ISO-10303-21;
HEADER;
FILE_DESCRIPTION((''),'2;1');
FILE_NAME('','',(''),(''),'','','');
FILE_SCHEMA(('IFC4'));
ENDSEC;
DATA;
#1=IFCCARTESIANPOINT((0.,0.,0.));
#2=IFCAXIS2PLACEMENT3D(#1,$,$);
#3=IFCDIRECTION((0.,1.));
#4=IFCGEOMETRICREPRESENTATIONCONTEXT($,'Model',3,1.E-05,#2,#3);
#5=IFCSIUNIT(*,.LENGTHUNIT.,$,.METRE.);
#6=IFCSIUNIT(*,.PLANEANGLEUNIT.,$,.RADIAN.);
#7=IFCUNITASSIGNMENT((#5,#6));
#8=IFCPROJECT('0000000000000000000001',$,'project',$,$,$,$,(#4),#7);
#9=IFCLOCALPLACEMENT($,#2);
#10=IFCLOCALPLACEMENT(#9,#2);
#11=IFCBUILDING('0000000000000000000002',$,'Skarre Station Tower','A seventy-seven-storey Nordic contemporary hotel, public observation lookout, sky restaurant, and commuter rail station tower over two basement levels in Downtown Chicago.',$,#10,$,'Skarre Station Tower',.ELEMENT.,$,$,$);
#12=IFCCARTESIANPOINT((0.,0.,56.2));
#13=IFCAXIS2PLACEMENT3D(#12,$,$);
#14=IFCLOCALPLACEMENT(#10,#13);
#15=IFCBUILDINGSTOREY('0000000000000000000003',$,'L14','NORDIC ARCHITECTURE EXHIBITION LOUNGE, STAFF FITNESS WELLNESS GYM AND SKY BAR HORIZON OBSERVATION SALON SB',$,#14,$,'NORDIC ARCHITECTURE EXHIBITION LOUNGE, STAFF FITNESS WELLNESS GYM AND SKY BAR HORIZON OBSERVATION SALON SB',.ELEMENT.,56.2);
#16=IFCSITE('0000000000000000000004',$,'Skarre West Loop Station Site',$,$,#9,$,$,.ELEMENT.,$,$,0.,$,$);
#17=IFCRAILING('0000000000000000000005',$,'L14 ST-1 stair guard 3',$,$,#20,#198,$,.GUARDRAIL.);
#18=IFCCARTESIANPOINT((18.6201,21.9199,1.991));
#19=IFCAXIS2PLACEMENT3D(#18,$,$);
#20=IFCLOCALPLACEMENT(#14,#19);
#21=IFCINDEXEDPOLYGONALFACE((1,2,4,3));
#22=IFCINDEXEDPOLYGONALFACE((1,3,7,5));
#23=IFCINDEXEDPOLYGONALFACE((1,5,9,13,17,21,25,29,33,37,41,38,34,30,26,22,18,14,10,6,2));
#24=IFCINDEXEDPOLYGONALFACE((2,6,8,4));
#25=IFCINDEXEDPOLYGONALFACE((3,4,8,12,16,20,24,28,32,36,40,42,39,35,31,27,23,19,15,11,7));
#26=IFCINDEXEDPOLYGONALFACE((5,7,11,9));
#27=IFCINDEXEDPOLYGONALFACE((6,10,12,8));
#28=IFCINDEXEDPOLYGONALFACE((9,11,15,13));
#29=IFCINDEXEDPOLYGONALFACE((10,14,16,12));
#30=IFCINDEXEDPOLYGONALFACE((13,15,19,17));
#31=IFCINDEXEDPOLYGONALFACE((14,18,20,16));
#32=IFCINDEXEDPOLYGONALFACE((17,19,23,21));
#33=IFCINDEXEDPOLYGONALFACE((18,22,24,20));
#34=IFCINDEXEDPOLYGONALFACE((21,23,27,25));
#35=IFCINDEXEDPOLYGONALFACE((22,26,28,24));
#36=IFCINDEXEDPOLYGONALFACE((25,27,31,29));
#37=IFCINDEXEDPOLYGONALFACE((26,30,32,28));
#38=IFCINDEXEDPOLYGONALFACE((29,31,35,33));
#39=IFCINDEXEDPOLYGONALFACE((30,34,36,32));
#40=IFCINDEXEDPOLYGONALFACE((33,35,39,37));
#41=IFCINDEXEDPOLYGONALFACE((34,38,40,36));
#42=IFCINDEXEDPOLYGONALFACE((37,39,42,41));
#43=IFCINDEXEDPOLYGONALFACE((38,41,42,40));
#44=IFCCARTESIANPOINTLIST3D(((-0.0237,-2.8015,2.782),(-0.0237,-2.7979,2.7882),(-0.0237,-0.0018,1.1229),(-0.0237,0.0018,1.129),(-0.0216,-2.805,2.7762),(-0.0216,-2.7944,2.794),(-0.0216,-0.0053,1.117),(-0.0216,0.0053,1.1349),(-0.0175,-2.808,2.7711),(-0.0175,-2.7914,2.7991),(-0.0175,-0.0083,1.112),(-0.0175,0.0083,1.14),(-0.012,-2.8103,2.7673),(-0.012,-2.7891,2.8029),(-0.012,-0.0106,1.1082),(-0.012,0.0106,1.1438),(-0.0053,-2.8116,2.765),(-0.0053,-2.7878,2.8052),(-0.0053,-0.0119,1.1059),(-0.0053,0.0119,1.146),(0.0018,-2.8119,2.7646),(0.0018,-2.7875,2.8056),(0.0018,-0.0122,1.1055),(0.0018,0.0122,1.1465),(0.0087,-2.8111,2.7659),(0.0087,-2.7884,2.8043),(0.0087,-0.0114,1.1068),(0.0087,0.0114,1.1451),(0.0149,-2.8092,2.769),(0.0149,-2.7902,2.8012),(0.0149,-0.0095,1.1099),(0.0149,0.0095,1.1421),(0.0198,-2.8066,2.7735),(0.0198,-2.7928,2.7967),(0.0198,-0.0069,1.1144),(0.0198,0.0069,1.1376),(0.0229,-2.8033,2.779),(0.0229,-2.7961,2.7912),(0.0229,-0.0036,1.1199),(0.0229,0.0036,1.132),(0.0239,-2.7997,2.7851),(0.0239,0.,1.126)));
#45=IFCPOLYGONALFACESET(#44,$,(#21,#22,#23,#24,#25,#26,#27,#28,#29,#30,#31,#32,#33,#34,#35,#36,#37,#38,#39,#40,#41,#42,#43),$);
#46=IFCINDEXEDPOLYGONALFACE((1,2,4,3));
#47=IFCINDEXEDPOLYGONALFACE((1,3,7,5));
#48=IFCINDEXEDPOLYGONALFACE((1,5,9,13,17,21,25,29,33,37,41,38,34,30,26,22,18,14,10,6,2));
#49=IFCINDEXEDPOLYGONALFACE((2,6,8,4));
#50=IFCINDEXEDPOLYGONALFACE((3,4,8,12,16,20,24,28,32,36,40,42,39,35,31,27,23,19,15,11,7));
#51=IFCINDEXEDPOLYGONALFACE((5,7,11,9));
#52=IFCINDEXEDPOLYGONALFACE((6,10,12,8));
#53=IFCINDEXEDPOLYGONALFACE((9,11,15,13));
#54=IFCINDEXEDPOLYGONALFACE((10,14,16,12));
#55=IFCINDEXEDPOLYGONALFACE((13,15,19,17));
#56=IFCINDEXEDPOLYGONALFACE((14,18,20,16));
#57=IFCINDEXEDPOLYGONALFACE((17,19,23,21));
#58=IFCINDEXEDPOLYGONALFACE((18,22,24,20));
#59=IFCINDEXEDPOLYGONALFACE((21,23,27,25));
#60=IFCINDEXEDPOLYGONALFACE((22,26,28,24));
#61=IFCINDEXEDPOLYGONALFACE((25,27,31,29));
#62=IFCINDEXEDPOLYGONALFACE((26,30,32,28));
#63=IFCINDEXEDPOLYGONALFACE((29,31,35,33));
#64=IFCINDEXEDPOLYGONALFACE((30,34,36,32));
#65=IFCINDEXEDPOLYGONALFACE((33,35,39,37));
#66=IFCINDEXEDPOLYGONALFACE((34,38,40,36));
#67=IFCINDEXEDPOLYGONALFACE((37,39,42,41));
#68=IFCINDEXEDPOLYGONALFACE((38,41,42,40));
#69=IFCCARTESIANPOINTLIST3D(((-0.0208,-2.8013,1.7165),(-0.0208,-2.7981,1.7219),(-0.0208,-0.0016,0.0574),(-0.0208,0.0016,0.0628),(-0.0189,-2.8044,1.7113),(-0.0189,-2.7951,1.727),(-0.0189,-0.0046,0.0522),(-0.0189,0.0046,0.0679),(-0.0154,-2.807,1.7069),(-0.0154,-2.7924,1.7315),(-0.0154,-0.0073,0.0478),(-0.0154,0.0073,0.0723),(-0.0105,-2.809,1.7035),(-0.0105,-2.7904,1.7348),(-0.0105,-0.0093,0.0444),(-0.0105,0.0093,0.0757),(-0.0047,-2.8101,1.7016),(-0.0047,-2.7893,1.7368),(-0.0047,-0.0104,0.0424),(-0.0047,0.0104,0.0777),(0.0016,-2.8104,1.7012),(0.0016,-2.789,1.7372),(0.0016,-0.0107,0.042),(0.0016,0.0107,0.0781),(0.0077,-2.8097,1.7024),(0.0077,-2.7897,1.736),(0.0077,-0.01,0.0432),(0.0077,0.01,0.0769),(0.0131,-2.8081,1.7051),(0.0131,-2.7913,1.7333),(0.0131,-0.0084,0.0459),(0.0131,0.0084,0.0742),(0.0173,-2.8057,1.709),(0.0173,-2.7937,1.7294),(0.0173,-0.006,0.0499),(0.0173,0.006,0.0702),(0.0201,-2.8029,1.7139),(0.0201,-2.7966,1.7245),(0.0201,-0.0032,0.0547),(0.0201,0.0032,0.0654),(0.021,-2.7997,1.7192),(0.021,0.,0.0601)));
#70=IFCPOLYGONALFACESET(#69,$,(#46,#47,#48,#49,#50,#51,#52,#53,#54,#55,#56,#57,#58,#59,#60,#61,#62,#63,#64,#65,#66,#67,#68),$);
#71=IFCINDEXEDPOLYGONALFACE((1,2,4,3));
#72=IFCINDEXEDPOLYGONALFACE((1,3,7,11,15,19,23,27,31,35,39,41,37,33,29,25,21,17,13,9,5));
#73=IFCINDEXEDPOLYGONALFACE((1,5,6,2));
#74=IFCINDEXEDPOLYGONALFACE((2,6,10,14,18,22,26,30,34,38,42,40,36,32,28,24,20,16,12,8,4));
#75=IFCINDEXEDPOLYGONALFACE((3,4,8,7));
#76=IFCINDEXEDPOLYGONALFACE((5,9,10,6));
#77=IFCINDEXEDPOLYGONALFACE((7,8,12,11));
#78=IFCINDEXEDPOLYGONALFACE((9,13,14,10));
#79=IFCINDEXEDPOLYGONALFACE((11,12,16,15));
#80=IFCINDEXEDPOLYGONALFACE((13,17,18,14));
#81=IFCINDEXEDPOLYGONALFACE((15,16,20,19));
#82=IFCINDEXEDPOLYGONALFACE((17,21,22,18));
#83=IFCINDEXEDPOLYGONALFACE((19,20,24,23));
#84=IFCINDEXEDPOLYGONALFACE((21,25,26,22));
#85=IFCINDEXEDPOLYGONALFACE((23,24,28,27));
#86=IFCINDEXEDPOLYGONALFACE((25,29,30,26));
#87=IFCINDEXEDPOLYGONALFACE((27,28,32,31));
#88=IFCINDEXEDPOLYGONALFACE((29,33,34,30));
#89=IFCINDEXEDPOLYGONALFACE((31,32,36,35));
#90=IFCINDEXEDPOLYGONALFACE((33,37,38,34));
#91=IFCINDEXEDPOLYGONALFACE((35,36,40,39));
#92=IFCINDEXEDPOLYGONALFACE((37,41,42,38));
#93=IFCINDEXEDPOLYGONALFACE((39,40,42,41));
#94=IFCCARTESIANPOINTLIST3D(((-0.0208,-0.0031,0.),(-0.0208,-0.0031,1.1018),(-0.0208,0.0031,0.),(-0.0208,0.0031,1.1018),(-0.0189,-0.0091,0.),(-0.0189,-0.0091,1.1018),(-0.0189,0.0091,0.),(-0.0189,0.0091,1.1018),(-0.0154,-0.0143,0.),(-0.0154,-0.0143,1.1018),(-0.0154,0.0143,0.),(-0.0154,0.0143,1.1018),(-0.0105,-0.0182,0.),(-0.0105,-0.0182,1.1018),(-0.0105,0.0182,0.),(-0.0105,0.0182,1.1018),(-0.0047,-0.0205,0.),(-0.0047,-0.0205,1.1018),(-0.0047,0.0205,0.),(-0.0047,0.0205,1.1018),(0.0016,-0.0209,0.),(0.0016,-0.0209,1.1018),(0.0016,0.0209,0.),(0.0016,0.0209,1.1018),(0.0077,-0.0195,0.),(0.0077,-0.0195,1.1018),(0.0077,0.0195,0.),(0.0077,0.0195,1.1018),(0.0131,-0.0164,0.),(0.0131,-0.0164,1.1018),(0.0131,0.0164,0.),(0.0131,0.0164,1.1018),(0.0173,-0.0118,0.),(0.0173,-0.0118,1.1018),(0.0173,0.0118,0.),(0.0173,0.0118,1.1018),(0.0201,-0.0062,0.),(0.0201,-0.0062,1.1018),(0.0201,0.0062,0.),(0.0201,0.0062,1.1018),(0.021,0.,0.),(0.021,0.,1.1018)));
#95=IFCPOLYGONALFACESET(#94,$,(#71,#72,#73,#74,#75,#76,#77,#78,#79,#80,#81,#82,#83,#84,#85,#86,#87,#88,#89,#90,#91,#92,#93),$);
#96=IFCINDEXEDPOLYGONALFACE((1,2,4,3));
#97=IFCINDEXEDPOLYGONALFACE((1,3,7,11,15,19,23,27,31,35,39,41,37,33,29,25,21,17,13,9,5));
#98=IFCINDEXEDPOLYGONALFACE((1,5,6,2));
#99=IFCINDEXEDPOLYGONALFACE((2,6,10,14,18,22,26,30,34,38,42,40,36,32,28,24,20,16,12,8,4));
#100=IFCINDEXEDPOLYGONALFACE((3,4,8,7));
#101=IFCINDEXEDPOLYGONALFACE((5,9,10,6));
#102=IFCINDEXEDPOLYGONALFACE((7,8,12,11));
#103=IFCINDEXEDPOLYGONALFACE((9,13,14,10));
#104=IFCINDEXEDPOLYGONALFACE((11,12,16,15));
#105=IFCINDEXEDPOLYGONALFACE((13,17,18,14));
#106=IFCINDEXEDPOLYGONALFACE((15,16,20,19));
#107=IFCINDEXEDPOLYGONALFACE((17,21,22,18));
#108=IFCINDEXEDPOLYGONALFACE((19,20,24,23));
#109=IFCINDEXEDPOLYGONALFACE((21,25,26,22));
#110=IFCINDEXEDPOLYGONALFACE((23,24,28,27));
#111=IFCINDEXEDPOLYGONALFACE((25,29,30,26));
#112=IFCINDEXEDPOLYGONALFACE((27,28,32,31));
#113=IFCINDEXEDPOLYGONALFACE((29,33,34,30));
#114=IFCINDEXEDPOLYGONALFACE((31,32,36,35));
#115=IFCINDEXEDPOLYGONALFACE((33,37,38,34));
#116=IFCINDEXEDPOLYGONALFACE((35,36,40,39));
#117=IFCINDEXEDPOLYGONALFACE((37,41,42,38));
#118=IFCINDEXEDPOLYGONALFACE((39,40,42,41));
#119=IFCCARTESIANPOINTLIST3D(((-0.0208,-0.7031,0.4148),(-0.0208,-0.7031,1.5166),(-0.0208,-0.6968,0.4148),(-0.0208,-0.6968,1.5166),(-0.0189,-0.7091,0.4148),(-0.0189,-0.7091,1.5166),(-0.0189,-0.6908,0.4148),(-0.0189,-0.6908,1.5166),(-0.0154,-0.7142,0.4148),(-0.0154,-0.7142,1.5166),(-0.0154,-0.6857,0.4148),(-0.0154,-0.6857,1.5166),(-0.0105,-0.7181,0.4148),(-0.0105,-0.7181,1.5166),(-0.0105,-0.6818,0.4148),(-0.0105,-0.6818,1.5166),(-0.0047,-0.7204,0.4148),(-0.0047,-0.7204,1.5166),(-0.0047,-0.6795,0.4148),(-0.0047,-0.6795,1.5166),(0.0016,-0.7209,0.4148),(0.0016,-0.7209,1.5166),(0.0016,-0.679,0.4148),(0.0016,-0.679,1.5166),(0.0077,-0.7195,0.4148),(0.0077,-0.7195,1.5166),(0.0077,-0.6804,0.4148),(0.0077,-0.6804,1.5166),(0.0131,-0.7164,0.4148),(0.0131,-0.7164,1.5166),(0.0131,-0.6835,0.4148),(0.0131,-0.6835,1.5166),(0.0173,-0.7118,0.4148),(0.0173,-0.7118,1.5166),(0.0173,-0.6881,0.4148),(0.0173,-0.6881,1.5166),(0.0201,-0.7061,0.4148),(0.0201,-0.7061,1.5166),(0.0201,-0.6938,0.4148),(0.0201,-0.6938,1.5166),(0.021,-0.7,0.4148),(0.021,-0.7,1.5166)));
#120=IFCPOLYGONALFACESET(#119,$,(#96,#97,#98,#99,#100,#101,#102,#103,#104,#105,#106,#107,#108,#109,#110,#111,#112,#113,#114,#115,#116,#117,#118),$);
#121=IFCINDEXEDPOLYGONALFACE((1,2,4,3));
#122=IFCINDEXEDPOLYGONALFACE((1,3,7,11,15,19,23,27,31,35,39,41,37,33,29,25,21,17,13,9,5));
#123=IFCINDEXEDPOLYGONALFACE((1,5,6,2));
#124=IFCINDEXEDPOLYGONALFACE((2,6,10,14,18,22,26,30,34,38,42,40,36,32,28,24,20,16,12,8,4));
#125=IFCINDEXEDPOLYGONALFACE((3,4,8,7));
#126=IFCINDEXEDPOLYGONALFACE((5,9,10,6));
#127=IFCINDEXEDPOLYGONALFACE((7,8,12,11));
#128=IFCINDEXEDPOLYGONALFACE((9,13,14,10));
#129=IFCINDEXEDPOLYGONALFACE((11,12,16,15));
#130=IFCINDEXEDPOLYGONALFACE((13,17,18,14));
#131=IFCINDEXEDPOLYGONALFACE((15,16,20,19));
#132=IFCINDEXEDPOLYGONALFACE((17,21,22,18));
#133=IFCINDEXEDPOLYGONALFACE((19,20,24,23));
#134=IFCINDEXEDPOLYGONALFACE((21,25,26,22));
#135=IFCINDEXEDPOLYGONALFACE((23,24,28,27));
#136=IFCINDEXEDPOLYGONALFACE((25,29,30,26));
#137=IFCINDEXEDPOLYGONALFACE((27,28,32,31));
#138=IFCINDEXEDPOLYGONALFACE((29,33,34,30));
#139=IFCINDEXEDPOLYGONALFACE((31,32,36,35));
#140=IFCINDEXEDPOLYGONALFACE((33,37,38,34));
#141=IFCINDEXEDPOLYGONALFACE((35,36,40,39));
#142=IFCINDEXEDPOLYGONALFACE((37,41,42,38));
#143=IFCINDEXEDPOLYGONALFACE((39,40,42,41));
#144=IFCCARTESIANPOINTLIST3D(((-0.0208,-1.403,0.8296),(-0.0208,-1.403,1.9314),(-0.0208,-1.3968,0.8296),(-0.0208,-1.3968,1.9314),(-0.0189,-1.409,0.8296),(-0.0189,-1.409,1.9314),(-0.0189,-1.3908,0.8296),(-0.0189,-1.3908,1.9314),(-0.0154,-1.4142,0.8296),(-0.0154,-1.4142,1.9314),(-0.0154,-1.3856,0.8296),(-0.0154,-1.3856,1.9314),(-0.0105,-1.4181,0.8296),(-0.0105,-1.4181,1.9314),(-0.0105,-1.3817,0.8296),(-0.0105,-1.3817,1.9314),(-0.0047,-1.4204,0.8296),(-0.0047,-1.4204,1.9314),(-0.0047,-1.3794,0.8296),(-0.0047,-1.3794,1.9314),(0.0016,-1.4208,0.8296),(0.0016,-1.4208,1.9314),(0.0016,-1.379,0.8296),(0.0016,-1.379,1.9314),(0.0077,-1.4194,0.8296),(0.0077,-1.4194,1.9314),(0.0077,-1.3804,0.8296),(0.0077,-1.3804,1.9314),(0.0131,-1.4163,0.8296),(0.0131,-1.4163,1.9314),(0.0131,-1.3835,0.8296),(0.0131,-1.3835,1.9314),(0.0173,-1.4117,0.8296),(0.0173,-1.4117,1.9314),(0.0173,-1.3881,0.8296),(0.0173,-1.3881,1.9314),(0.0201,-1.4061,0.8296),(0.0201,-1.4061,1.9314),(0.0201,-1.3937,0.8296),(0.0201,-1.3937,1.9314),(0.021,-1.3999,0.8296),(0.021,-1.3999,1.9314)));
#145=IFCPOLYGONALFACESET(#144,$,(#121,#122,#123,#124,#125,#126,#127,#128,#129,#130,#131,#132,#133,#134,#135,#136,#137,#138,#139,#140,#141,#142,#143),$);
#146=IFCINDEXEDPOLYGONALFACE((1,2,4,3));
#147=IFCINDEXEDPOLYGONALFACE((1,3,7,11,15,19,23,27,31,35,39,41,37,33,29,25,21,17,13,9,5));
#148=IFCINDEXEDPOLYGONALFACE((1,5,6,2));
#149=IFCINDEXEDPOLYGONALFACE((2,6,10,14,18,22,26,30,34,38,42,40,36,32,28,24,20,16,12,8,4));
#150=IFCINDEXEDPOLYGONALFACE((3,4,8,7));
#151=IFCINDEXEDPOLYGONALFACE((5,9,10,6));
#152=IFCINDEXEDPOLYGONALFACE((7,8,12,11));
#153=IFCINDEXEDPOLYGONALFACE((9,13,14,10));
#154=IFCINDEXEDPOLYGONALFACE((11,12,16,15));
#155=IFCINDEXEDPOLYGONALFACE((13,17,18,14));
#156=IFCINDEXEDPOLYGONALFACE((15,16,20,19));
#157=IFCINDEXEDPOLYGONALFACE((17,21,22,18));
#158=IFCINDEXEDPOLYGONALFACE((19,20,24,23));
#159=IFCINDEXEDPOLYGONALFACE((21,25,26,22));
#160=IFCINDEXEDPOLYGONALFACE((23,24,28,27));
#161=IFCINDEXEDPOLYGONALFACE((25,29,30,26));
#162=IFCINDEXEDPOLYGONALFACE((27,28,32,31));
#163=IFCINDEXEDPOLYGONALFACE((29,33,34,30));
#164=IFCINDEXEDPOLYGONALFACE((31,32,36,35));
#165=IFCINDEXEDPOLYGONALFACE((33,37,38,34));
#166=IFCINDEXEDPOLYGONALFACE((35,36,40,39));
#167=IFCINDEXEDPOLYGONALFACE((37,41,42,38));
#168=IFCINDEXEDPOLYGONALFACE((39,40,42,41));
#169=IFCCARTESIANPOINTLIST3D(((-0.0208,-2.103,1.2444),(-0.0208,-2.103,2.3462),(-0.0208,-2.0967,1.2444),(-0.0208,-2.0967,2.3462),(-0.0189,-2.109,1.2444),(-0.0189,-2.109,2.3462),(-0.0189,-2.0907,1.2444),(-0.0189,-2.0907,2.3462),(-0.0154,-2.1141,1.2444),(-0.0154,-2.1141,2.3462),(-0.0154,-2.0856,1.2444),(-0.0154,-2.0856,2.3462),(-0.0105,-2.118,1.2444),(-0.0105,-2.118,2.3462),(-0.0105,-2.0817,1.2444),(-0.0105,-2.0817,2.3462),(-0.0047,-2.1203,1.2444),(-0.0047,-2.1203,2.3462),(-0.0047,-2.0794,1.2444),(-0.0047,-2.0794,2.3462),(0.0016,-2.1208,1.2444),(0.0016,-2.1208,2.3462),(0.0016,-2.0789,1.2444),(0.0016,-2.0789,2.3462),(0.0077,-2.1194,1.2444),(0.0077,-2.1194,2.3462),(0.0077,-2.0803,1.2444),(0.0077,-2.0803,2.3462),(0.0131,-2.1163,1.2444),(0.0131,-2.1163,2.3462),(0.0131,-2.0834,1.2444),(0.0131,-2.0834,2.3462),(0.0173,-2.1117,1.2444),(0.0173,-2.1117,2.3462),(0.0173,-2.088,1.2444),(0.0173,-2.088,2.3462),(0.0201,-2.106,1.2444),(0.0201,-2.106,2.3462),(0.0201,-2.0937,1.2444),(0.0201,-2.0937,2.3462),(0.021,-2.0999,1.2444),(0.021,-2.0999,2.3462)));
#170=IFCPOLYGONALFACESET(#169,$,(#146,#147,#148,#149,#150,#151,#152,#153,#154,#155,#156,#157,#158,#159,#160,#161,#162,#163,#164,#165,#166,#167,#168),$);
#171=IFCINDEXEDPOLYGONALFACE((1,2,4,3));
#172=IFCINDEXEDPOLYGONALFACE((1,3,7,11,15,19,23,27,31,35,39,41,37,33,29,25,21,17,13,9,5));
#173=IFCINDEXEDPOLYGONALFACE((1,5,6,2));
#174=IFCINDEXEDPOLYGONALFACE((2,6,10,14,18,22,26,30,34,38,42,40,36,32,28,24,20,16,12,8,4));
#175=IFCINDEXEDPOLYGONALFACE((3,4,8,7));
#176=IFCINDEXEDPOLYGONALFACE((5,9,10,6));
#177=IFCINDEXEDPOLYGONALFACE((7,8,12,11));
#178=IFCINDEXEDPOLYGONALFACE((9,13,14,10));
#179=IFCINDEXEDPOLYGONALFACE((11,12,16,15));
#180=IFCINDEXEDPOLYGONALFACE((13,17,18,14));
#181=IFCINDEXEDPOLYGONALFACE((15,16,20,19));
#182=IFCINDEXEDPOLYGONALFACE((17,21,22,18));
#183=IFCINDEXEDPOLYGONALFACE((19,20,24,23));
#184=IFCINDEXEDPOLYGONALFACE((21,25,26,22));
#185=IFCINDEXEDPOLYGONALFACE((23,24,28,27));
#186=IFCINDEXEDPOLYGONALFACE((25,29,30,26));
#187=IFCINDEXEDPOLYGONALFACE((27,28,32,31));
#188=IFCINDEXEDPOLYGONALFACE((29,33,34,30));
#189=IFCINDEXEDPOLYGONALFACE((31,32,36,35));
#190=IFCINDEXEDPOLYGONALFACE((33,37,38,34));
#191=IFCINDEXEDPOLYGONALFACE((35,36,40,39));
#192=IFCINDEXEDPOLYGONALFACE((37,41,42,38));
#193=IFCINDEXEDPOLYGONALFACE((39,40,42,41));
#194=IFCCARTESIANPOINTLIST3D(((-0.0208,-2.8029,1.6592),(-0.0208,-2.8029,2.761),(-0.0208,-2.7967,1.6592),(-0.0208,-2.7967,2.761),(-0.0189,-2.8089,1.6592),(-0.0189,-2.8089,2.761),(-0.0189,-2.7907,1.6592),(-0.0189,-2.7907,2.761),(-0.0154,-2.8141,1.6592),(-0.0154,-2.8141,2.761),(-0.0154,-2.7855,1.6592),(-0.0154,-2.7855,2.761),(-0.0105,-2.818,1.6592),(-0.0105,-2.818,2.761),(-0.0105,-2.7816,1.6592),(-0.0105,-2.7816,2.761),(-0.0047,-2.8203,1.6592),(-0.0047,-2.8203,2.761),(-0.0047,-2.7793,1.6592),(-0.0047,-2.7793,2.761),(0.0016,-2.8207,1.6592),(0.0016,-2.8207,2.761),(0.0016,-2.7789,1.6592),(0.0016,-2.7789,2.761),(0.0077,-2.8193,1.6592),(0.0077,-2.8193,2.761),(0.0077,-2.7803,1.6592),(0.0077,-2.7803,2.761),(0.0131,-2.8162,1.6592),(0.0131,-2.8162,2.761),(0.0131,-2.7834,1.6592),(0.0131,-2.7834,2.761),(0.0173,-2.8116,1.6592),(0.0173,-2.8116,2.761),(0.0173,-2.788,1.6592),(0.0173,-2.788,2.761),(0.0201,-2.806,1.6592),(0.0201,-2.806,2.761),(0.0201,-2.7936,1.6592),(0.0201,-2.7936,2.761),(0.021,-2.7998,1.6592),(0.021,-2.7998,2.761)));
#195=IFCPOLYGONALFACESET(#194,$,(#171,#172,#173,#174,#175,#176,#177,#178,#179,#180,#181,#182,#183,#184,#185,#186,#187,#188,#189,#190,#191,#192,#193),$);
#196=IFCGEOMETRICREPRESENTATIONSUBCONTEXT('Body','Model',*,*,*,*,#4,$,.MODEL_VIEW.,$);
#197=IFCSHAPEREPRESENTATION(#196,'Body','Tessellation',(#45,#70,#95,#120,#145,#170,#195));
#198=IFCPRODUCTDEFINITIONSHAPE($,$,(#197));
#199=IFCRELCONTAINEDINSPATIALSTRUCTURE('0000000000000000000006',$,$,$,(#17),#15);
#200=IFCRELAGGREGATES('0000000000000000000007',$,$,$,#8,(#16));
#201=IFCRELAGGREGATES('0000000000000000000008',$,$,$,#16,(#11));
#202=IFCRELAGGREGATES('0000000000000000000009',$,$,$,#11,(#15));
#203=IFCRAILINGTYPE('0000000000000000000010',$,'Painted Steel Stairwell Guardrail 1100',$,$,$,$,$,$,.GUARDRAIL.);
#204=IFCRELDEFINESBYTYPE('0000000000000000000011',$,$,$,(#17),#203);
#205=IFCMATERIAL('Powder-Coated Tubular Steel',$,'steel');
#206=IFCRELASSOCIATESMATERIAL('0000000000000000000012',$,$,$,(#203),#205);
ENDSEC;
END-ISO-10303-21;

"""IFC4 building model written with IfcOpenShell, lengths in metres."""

from ifc_helpers import new_model, si_unit, direction, frame, origin, origin_2d, place, context, subcontext, project, spatial, circle, extrude, material, type_object, element, save


model = new_model("IFC4")

# Units and contexts
model_context = context("Model", 3, precision=1e-05, world=origin(), true_north=direction((0.0, 1.0)))
body_context = subcontext(model_context, "Body", "Model", "MODEL_VIEW")
ifc_project = project(units=[si_unit("LENGTHUNIT", "METRE"), si_unit("PLANEANGLEUNIT", "RADIAN")], contexts=[model_context])

# Site, building, storey
site_placement = place(None, origin())
site = spatial("IfcSite", under=ifc_project, at=site_placement, Name="Skarre West Loop Station Site", CompositionType="ELEMENT", RefElevation=0.0)
building_placement = place(site_placement, origin())
building = spatial("IfcBuilding", under=site, at=building_placement, Name="Skarre Station Tower", Description="A seventy-seven-storey Nordic contemporary hotel, public observation lookout, sky restaurant, and commuter rail station tower over two basement levels in Downtown Chicago.", LongName="Skarre Station Tower", CompositionType="ELEMENT")
storey_placement = place(building_placement, frame((0.0, 0.0, 56.2)))
storey = spatial("IfcBuildingStorey", under=building, at=storey_placement, Name="L14", Description="NORDIC ARCHITECTURE EXHIBITION LOUNGE, STAFF FITNESS WELLNESS GYM AND SKY BAR HORIZON OBSERVATION SALON SB", LongName="NORDIC ARCHITECTURE EXHIBITION LOUNGE, STAFF FITNESS WELLNESS GYM AND SKY BAR HORIZON OBSERVATION SALON SB", CompositionType="ELEMENT", Elevation=56.2)

# Railing
ifc_material_1 = material(Name="Powder-Coated Tubular Steel", Category="steel")
railing_type_1 = type_object("IfcRailingType", Name="Painted Steel Stairwell Guardrail 1100", PredefinedType="GUARDRAIL", material=ifc_material_1)
railing_1_placement = place(storey_placement, frame((18.6201, 21.9199, 1.991)))
element("IfcRailing", 1, at=railing_1_placement, inside=storey, type_object=railing_type_1, Name="L14 ST-1 stair guard 3", PredefinedType="GUARDRAIL", context=body_context, shape_type="SweptSolid", body=[
    extrude(circle(Radius=0.0239, at=origin_2d()), frame((0.0, 0.0, 1.126), z_axis=(0.0, -0.860287, 0.509811), x_axis=(1.0, 0.0, 0.0)), (0.0, 0.0, 1.0), 3.2544),
    extrude(circle(Radius=0.021, at=origin_2d()), frame((0.0, 0.0, 0.0601), z_axis=(0.0, -0.860287, 0.509811), x_axis=(1.0, 0.0, 0.0)), (0.0, 0.0, 1.0), 3.2544),
    extrude(circle(Radius=0.021, at=origin_2d()), origin(), (0.0, 0.0, 1.0), 1.1018),
    extrude(circle(Radius=0.021, at=origin_2d()), frame((0.0, -0.7, 0.4148)), (0.0, 0.0, 1.0), 1.1018),
    extrude(circle(Radius=0.021, at=origin_2d()), frame((0.0, -1.3999, 0.8296)), (0.0, 0.0, 1.0), 1.1018),
    extrude(circle(Radius=0.021, at=origin_2d()), frame((0.0, -2.0999, 1.2444)), (0.0, 0.0, 1.0), 1.1018),
    extrude(circle(Radius=0.021, at=origin_2d()), frame((0.0, -2.7998, 1.6592)), (0.0, 0.0, 1.0), 1.1018),
])

save(model, "model.ifc")
